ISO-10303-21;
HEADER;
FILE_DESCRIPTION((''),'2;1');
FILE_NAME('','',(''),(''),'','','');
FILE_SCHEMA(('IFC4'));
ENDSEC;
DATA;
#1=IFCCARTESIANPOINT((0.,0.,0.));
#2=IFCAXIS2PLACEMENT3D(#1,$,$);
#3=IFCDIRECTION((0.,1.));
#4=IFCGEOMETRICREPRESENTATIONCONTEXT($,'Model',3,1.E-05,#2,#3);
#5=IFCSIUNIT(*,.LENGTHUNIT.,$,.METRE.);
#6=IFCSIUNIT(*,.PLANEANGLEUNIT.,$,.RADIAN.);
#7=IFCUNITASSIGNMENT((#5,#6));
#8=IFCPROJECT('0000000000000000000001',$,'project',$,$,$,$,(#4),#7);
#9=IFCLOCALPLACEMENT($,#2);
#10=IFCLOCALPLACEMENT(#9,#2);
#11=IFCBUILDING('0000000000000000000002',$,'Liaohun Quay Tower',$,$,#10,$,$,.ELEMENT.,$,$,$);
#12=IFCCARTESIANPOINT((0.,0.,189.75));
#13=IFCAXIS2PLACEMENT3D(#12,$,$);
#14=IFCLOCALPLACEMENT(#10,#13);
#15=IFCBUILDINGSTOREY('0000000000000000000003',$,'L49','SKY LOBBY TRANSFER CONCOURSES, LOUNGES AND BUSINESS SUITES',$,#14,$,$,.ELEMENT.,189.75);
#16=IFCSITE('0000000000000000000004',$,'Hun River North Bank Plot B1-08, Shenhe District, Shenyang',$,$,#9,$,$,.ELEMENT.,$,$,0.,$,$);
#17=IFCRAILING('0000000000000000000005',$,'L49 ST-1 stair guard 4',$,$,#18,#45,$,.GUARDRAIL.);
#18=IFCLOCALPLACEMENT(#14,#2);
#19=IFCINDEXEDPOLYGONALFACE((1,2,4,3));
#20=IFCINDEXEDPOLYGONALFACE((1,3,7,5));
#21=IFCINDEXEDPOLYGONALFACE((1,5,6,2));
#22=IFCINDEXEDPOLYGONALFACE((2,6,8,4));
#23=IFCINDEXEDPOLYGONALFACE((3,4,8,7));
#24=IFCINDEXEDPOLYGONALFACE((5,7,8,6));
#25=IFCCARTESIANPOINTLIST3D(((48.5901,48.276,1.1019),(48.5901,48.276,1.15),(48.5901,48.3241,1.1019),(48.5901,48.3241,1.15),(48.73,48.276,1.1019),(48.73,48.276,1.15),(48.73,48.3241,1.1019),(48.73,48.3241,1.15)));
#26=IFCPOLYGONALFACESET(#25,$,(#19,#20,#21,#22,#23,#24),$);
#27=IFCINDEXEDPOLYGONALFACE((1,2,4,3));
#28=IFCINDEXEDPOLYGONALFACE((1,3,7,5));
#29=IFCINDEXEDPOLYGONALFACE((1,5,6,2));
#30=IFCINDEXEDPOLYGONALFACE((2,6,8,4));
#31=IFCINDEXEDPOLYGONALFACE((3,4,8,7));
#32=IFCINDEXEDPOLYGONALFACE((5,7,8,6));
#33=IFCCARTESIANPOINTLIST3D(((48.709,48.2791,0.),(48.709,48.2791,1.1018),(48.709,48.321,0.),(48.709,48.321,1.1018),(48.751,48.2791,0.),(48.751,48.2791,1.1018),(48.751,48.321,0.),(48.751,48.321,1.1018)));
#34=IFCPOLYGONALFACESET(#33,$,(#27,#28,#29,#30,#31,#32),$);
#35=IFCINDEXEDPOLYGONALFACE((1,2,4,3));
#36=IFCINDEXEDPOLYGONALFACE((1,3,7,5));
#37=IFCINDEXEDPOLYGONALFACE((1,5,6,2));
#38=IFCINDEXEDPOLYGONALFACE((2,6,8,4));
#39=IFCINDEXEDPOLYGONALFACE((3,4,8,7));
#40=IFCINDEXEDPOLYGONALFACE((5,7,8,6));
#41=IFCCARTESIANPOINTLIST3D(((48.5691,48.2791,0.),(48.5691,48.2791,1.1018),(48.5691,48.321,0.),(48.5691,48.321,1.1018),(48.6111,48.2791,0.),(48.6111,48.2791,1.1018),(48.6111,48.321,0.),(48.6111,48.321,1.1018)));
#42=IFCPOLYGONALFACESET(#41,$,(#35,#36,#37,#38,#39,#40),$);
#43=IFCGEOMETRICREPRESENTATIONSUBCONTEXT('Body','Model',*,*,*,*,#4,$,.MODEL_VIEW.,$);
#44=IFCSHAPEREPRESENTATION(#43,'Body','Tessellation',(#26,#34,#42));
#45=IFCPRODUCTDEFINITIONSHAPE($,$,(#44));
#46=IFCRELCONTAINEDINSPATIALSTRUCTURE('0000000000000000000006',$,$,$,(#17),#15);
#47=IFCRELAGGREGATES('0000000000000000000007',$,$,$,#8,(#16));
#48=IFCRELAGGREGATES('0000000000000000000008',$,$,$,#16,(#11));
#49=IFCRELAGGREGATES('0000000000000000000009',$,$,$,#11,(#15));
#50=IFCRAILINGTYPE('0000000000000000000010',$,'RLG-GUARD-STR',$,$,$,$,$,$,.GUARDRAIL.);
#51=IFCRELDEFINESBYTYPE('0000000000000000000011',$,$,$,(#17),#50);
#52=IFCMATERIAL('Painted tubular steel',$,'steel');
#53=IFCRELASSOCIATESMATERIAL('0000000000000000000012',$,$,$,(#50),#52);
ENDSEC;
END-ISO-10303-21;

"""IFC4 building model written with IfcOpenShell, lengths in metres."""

from ifc_helpers import new_model, si_unit, direction, frame, origin, origin_2d, place, context, subcontext, project, spatial, rectangle, extrude, material, type_object, element, save


model = new_model("IFC4")

# Units and contexts
model_context = context("Model", 3, precision=1e-05, world=origin(), true_north=direction((0.0, 1.0)))
body_context = subcontext(model_context, "Body", "Model", "MODEL_VIEW")
ifc_project = project(units=[si_unit("LENGTHUNIT", "METRE"), si_unit("PLANEANGLEUNIT", "RADIAN")], contexts=[model_context])

# Site, building, storey
site_placement = place(None, origin())
site = spatial("IfcSite", under=ifc_project, at=site_placement, Name="Hun River North Bank Plot B1-08, Shenhe District, Shenyang", CompositionType="ELEMENT", RefElevation=0.0)
building_placement = place(site_placement, origin())
building = spatial("IfcBuilding", under=site, at=building_placement, Name="Liaohun Quay Tower", CompositionType="ELEMENT")
storey_placement = place(building_placement, frame((0.0, 0.0, 189.75)))
storey = spatial("IfcBuildingStorey", under=building, at=storey_placement, Name="L49", Description="SKY LOBBY TRANSFER CONCOURSES, LOUNGES AND BUSINESS SUITES", CompositionType="ELEMENT", Elevation=189.75)

# Railing
ifc_material_1 = material(Name="Painted tubular steel", Category="steel")
railing_type_1 = type_object("IfcRailingType", Name="RLG-GUARD-STR", PredefinedType="GUARDRAIL", material=ifc_material_1)
railing_1_placement = place(storey_placement, frame((48.73, 48.3, 0.0)))
element("IfcRailing", 1, at=railing_1_placement, inside=storey, type_object=railing_type_1, Name="L49 ST-1 stair guard 4", PredefinedType="GUARDRAIL", context=body_context, shape_type="SweptSolid", body=[
    extrude(rectangle(XDim=0.0481, YDim=0.0481, at=origin_2d()), frame((0.0, 0.0, 1.126), z_axis=(-1.0, 0.0, 0.0), x_axis=(0.0, -1.0, 0.0)), (0.0, 0.0, 1.0), 0.1399),
    extrude(rectangle(XDim=0.042, YDim=0.042, at=origin_2d()), origin(), (0.0, 0.0, 1.0), 1.1018),
    extrude(rectangle(XDim=0.042, YDim=0.042, at=origin_2d()), frame((-0.1399, 0.0, 0.0)), (0.0, 0.0, 1.0), 1.1018),
])

save(model, "model.ifc")
